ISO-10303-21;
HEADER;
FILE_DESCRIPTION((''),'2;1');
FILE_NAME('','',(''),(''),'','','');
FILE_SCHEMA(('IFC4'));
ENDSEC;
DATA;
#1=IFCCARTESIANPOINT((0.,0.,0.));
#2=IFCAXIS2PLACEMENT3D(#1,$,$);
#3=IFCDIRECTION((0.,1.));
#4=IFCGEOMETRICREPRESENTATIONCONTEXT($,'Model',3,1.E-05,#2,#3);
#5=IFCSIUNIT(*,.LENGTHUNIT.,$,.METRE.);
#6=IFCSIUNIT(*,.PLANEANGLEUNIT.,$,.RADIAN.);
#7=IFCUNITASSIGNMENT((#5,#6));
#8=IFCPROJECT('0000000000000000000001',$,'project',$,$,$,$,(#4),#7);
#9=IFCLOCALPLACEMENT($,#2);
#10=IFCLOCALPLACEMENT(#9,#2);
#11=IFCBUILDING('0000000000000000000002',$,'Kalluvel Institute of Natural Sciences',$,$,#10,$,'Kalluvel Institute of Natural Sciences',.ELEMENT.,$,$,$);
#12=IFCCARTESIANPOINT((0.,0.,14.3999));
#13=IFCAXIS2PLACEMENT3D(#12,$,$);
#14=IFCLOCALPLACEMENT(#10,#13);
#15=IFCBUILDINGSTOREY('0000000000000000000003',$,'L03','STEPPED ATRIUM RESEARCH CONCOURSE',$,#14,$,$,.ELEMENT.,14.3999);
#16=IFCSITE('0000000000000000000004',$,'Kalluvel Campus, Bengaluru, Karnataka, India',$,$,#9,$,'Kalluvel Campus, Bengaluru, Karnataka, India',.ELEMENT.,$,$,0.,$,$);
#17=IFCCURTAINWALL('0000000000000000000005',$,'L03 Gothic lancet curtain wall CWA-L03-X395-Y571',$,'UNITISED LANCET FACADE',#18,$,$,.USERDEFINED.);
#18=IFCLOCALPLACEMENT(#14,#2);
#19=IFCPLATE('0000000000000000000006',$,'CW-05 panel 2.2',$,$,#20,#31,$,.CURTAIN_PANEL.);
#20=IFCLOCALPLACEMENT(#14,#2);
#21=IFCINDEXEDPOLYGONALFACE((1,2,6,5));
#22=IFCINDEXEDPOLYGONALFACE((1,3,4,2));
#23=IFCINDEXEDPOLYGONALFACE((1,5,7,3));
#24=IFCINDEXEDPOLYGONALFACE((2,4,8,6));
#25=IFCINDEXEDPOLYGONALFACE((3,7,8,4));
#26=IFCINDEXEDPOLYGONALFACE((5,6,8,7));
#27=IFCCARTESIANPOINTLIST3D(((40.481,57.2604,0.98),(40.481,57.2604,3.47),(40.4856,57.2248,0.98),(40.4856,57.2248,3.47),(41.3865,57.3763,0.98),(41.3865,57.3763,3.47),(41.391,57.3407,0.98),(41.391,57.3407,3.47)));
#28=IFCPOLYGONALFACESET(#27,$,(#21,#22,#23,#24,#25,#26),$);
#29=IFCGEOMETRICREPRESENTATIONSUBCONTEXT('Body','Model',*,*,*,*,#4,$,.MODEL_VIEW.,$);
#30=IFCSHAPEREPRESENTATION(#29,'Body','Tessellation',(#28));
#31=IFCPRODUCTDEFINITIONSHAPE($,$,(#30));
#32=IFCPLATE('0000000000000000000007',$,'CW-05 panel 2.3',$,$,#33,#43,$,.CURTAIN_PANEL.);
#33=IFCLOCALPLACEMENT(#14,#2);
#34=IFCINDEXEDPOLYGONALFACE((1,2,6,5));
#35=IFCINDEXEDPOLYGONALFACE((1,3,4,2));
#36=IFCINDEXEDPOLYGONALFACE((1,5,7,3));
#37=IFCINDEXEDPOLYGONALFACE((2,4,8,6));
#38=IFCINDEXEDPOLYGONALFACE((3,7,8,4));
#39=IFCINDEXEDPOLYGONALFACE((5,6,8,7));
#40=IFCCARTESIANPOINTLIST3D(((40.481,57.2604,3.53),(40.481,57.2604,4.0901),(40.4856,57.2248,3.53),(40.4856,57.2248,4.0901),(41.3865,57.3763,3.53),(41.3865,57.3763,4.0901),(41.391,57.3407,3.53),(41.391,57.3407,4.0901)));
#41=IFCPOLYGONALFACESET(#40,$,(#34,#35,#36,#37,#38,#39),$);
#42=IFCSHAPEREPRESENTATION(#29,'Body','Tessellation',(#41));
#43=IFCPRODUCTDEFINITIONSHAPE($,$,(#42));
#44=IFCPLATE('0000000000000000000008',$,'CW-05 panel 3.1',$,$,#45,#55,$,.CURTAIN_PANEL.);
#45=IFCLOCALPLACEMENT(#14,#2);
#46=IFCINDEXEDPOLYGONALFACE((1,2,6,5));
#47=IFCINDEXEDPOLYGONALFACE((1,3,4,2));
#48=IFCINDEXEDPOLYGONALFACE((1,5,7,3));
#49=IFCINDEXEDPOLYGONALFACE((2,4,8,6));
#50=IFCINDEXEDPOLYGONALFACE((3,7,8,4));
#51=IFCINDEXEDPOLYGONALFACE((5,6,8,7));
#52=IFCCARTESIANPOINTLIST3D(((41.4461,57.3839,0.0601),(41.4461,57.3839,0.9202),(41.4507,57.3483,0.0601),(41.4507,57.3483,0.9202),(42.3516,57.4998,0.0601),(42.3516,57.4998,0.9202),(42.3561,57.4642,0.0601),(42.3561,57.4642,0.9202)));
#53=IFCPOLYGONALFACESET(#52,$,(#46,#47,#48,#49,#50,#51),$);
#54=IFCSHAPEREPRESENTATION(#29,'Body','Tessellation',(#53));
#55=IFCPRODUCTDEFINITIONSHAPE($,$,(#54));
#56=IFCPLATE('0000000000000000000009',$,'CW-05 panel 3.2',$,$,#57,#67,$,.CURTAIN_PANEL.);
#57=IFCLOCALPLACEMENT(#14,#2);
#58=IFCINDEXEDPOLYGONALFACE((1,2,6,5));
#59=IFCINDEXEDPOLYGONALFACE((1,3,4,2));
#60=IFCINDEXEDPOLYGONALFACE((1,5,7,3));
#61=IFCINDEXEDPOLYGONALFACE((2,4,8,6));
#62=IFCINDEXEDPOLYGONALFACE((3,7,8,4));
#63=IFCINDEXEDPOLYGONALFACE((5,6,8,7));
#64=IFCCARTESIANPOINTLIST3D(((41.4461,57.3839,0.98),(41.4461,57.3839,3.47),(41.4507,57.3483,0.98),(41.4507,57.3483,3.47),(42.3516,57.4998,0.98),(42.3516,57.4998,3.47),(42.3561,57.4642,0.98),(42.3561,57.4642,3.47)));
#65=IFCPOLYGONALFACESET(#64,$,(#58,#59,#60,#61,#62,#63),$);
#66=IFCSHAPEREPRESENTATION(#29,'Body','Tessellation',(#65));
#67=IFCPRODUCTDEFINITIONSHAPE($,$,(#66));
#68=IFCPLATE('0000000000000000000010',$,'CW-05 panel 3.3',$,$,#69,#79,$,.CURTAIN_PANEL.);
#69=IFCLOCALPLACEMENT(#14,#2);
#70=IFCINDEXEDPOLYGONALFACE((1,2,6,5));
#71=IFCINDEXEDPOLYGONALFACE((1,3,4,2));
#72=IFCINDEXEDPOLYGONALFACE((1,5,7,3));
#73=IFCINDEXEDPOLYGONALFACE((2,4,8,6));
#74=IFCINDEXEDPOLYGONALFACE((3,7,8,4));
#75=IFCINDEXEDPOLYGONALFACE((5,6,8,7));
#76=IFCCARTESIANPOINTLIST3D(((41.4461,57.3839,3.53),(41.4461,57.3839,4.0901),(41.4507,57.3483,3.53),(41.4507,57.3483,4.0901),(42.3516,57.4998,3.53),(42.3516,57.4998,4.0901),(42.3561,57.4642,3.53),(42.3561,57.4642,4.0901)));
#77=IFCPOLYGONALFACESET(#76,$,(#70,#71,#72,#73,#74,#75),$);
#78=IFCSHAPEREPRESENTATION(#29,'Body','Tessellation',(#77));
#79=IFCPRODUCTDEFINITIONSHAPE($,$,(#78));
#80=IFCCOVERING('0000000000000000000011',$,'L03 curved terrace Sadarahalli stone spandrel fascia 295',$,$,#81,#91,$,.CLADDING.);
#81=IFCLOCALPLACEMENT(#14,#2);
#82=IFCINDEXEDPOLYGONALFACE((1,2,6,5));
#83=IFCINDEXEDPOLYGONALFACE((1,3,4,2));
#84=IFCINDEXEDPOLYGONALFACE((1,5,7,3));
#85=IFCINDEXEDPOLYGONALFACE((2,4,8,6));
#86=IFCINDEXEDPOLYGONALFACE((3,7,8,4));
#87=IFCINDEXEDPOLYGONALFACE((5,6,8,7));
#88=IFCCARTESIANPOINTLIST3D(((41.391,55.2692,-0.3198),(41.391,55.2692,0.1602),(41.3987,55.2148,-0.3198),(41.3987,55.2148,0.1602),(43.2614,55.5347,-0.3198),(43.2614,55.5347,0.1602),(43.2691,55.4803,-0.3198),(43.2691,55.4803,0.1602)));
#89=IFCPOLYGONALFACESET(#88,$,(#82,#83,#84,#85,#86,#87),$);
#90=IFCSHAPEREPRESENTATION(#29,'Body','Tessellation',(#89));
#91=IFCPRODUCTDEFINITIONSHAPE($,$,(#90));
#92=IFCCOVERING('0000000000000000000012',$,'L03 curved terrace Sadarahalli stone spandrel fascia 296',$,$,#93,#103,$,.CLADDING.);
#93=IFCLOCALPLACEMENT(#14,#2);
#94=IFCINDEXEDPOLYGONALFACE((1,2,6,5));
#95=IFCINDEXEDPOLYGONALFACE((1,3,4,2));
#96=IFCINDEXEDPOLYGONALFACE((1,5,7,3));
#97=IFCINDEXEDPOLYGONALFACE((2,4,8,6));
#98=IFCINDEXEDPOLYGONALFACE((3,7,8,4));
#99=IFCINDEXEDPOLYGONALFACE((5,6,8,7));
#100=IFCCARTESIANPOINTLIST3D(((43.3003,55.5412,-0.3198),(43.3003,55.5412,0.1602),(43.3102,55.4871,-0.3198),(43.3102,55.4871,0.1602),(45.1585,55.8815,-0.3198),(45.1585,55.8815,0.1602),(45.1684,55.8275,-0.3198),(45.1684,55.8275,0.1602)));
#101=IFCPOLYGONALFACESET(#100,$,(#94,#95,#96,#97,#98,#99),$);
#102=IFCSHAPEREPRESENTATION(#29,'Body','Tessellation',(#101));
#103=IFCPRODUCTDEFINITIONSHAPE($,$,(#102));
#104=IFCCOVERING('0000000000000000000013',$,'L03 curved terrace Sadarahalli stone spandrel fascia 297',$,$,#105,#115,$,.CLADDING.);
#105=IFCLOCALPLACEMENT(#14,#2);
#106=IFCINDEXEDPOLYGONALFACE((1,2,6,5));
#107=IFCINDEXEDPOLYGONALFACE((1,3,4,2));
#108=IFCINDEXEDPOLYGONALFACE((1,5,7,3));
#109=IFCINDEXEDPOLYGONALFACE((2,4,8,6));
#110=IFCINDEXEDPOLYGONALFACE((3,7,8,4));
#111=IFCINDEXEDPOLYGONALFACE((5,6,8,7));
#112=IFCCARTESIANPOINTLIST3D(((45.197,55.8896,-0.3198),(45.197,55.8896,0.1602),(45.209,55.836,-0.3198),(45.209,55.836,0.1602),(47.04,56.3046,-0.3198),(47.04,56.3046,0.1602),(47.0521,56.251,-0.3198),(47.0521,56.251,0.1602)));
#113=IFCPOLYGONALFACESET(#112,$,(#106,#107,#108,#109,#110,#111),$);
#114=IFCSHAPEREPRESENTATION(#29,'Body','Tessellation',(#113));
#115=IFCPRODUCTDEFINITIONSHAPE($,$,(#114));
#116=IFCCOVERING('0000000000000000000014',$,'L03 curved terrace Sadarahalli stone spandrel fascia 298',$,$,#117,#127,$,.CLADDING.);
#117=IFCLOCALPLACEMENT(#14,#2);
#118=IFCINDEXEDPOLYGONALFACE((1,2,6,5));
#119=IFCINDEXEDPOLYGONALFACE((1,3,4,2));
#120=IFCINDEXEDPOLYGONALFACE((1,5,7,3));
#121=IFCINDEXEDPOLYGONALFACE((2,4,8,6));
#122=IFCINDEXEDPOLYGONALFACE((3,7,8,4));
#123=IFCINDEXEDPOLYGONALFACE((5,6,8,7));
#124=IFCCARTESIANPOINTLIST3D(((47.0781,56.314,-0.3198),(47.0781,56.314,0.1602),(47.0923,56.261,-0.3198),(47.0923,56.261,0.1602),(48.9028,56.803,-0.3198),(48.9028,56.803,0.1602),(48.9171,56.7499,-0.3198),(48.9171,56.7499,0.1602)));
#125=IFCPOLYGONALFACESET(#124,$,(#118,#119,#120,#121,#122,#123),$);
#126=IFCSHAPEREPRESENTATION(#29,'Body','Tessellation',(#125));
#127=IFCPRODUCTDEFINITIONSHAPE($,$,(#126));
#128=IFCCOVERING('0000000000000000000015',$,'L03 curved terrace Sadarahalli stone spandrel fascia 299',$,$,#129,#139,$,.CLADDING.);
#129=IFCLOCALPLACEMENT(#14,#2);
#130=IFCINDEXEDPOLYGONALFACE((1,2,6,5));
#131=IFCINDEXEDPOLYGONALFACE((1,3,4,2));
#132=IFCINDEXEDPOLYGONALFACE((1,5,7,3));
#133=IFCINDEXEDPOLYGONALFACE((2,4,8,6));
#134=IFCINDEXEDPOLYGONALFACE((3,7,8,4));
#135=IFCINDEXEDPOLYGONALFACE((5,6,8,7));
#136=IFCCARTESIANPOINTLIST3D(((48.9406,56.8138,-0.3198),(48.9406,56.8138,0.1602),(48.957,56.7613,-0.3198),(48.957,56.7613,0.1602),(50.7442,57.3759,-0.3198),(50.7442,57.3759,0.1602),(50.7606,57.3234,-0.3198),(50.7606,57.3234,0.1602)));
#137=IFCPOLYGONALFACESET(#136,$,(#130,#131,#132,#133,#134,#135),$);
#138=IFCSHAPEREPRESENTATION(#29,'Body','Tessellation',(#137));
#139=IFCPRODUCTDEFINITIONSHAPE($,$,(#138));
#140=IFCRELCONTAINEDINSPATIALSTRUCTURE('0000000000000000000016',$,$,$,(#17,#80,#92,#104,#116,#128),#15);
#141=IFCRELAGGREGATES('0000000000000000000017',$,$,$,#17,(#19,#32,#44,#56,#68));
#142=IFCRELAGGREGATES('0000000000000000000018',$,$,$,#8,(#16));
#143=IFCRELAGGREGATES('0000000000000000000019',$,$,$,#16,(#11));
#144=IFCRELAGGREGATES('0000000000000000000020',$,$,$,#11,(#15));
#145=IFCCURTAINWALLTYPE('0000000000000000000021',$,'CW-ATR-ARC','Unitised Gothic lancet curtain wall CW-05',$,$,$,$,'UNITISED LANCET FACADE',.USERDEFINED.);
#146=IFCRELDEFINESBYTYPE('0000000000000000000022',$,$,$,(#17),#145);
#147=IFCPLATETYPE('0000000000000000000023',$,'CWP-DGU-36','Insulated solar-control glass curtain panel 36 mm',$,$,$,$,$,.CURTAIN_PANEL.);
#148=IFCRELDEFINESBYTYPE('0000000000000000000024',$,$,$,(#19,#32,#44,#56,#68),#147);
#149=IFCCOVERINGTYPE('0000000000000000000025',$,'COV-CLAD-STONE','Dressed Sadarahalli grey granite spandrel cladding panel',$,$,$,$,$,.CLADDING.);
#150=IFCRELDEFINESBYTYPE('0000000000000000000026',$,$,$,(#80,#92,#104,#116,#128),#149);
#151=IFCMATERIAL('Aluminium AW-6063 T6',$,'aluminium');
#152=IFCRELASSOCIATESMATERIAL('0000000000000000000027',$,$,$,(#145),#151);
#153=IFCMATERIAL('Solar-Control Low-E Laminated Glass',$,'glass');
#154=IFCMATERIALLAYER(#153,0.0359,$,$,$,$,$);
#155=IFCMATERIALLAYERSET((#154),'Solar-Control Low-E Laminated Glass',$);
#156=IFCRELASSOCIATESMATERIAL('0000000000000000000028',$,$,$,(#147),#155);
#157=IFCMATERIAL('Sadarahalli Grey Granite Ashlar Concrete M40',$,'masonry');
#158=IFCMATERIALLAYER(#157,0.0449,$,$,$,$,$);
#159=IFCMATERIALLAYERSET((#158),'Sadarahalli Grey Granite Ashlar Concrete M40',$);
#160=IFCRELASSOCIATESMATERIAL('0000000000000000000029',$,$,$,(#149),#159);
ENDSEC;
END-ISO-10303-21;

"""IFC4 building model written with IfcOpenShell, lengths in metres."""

from ifc_helpers import new_model, si_unit, direction, frame, origin, origin_2d, place, context, subcontext, project, spatial, rectangle, extrude, material, layer, layer_set, type_object, element, aggregate, save


model = new_model("IFC4")

# Units and contexts
model_context = context("Model", 3, precision=1e-05, world=origin(), true_north=direction((0.0, 1.0)))
body_context = subcontext(model_context, "Body", "Model", "MODEL_VIEW")
ifc_project = project(units=[si_unit("LENGTHUNIT", "METRE"), si_unit("PLANEANGLEUNIT", "RADIAN")], contexts=[model_context])

# Site, building, storey
site_placement = place(None, origin())
site = spatial("IfcSite", under=ifc_project, at=site_placement, Name="Kalluvel Campus, Bengaluru, Karnataka, India", LongName="Kalluvel Campus, Bengaluru, Karnataka, India", CompositionType="ELEMENT", RefElevation=0.0)
building_placement = place(site_placement, origin())
building = spatial("IfcBuilding", under=site, at=building_placement, Name="Kalluvel Institute of Natural Sciences", LongName="Kalluvel Institute of Natural Sciences", CompositionType="ELEMENT")
storey_placement = place(building_placement, frame((0.0, 0.0, 14.3999)))
storey = spatial("IfcBuildingStorey", under=building, at=storey_placement, Name="L03", Description="STEPPED ATRIUM RESEARCH CONCOURSE", CompositionType="ELEMENT", Elevation=14.3999)

# Curtain wall
ifc_material_1 = material(Name="Aluminium AW-6063 T6", Category="aluminium")
curtain_wall_type_1 = type_object("IfcCurtainWallType", Name="CW-ATR-ARC", Description="Unitised Gothic lancet curtain wall CW-05", ElementType="UNITISED LANCET FACADE", PredefinedType="USERDEFINED", material=ifc_material_1)
curtain_wall_1_placement = place(storey_placement, origin())
curtain_wall_1 = element("IfcCurtainWall", 1, at=curtain_wall_1_placement, inside=storey, type_object=curtain_wall_type_1, Name="L03 Gothic lancet curtain wall CWA-L03-X395-Y571", ObjectType="UNITISED LANCET FACADE", PredefinedType="USERDEFINED")

# Plates
ifc_material_2 = material(Name="Solar-Control Low-E Laminated Glass", Category="glass")
ifc_layer_1 = layer(ifc_material_2, 0.0359)
ifc_layer_set_1 = layer_set([ifc_layer_1], Name="Solar-Control Low-E Laminated Glass")
plate_type = type_object("IfcPlateType", Name="CWP-DGU-36", Description="Insulated solar-control glass curtain panel 36 mm", PredefinedType="CURTAIN_PANEL", material=ifc_layer_set_1)
plate_1_placement = place(storey_placement, frame((40.936, 57.3005, 0.98), z_axis=(0.0, 0.0, 1.0), x_axis=(0.991901, 0.12701, 0.0)))
plate_1 = element("IfcPlate", 2, at=plate_1_placement, type_object=plate_type, Name="CW-05 panel 2.2", PredefinedType="CURTAIN_PANEL", context=body_context, shape_type="SweptSolid", body=[
    extrude(rectangle(XDim=0.9128, YDim=0.0359, at=origin_2d()), origin(), (0.0, 0.0, 1.0), 2.49),
])
plate_2_placement = place(storey_placement, frame((40.936, 57.3005, 3.53), z_axis=(0.0, 0.0, 1.0), x_axis=(0.991901, 0.12701, 0.0)))
plate_2 = element("IfcPlate", 3, at=plate_2_placement, type_object=plate_type, Name="CW-05 panel 2.3", PredefinedType="CURTAIN_PANEL", context=body_context, shape_type="SweptSolid", body=[
    extrude(rectangle(XDim=0.9128, YDim=0.0359, at=origin_2d()), origin(), (0.0, 0.0, 1.0), 0.5601),
])
plate_3_placement = place(storey_placement, frame((41.9011, 57.4241, 0.0601), z_axis=(0.0, 0.0, 1.0), x_axis=(0.991901, 0.12701, 0.0)))
plate_3 = element("IfcPlate", 4, at=plate_3_placement, type_object=plate_type, Name="CW-05 panel 3.1", PredefinedType="CURTAIN_PANEL", context=body_context, shape_type="SweptSolid", body=[
    extrude(rectangle(XDim=0.9128, YDim=0.0359, at=origin_2d()), origin(), (0.0, 0.0, 1.0), 0.8601),
])
plate_4_placement = place(storey_placement, frame((41.9011, 57.4241, 0.98), z_axis=(0.0, 0.0, 1.0), x_axis=(0.991901, 0.12701, 0.0)))
plate_4 = element("IfcPlate", 5, at=plate_4_placement, type_object=plate_type, Name="CW-05 panel 3.2", PredefinedType="CURTAIN_PANEL", context=body_context, shape_type="SweptSolid", body=[
    extrude(rectangle(XDim=0.9128, YDim=0.0359, at=origin_2d()), origin(), (0.0, 0.0, 1.0), 2.49),
])
plate_5_placement = place(storey_placement, frame((41.9011, 57.4241, 3.53), z_axis=(0.0, 0.0, 1.0), x_axis=(0.991901, 0.12701, 0.0)))
plate_5 = element("IfcPlate", 6, at=plate_5_placement, type_object=plate_type, Name="CW-05 panel 3.3", PredefinedType="CURTAIN_PANEL", context=body_context, shape_type="SweptSolid", body=[
    extrude(rectangle(XDim=0.9128, YDim=0.0359, at=origin_2d()), origin(), (0.0, 0.0, 1.0), 0.5601),
])
aggregate(curtain_wall_1, [plate_1, plate_2, plate_3, plate_4, plate_5])

# Coverings
ifc_material_3 = material(Name="Sadarahalli Grey Granite Ashlar Concrete M40", Category="masonry")
ifc_layer_2 = layer(ifc_material_3, 0.0449)
ifc_layer_set_2 = layer_set([ifc_layer_2], Name="Sadarahalli Grey Granite Ashlar Concrete M40")
covering_type = type_object("IfcCoveringType", Name="COV-CLAD-STONE", Description="Dressed Sadarahalli grey granite spandrel cladding panel", PredefinedType="CLADDING", material=ifc_layer_set_2)
for number, where, z_axis, x_axis, name in (
    (7, (42.3301, 55.3748, -0.3198), (0.0, 0.0, 1.0), (0.990073, 0.140556, 0.0), "L03 curved terrace Sadarahalli stone spandrel fascia 295"),
    (8, (44.2344, 55.6843, -0.3198), (0.0, 0.0, 1.0), (0.983634, 0.180176, 0.0), "L03 curved terrace Sadarahalli stone spandrel fascia 296"),
    (9, (46.1245, 56.0703, -0.3198), (0.0, 0.0, 1.0), (0.975573, 0.219676, 0.0), "L03 curved terrace Sadarahalli stone spandrel fascia 297"),
    (10, (47.9976, 56.532, -0.3198), (0.0, 0.0, 1.0), (0.965926, 0.258819, 0.0), "L03 curved terrace Sadarahalli stone spandrel fascia 298"),
    (11, (49.8506, 57.0686, -0.3198), (0.0, 0.0, 1.0), (0.954709, 0.297542, 0.0), "L03 curved terrace Sadarahalli stone spandrel fascia 299"),
):
    element("IfcCovering", number, at=place(storey_placement, frame(where, z_axis=z_axis, x_axis=x_axis)), inside=storey, type_object=covering_type, Name=name, PredefinedType="CLADDING", context=body_context, shape_type="SweptSolid", body=[
        extrude(rectangle(XDim=1.8892, YDim=0.0549, at=origin_2d()), origin(), (0.0, 0.0, 1.0), 0.48),
    ])

save(model, "model.ifc")
